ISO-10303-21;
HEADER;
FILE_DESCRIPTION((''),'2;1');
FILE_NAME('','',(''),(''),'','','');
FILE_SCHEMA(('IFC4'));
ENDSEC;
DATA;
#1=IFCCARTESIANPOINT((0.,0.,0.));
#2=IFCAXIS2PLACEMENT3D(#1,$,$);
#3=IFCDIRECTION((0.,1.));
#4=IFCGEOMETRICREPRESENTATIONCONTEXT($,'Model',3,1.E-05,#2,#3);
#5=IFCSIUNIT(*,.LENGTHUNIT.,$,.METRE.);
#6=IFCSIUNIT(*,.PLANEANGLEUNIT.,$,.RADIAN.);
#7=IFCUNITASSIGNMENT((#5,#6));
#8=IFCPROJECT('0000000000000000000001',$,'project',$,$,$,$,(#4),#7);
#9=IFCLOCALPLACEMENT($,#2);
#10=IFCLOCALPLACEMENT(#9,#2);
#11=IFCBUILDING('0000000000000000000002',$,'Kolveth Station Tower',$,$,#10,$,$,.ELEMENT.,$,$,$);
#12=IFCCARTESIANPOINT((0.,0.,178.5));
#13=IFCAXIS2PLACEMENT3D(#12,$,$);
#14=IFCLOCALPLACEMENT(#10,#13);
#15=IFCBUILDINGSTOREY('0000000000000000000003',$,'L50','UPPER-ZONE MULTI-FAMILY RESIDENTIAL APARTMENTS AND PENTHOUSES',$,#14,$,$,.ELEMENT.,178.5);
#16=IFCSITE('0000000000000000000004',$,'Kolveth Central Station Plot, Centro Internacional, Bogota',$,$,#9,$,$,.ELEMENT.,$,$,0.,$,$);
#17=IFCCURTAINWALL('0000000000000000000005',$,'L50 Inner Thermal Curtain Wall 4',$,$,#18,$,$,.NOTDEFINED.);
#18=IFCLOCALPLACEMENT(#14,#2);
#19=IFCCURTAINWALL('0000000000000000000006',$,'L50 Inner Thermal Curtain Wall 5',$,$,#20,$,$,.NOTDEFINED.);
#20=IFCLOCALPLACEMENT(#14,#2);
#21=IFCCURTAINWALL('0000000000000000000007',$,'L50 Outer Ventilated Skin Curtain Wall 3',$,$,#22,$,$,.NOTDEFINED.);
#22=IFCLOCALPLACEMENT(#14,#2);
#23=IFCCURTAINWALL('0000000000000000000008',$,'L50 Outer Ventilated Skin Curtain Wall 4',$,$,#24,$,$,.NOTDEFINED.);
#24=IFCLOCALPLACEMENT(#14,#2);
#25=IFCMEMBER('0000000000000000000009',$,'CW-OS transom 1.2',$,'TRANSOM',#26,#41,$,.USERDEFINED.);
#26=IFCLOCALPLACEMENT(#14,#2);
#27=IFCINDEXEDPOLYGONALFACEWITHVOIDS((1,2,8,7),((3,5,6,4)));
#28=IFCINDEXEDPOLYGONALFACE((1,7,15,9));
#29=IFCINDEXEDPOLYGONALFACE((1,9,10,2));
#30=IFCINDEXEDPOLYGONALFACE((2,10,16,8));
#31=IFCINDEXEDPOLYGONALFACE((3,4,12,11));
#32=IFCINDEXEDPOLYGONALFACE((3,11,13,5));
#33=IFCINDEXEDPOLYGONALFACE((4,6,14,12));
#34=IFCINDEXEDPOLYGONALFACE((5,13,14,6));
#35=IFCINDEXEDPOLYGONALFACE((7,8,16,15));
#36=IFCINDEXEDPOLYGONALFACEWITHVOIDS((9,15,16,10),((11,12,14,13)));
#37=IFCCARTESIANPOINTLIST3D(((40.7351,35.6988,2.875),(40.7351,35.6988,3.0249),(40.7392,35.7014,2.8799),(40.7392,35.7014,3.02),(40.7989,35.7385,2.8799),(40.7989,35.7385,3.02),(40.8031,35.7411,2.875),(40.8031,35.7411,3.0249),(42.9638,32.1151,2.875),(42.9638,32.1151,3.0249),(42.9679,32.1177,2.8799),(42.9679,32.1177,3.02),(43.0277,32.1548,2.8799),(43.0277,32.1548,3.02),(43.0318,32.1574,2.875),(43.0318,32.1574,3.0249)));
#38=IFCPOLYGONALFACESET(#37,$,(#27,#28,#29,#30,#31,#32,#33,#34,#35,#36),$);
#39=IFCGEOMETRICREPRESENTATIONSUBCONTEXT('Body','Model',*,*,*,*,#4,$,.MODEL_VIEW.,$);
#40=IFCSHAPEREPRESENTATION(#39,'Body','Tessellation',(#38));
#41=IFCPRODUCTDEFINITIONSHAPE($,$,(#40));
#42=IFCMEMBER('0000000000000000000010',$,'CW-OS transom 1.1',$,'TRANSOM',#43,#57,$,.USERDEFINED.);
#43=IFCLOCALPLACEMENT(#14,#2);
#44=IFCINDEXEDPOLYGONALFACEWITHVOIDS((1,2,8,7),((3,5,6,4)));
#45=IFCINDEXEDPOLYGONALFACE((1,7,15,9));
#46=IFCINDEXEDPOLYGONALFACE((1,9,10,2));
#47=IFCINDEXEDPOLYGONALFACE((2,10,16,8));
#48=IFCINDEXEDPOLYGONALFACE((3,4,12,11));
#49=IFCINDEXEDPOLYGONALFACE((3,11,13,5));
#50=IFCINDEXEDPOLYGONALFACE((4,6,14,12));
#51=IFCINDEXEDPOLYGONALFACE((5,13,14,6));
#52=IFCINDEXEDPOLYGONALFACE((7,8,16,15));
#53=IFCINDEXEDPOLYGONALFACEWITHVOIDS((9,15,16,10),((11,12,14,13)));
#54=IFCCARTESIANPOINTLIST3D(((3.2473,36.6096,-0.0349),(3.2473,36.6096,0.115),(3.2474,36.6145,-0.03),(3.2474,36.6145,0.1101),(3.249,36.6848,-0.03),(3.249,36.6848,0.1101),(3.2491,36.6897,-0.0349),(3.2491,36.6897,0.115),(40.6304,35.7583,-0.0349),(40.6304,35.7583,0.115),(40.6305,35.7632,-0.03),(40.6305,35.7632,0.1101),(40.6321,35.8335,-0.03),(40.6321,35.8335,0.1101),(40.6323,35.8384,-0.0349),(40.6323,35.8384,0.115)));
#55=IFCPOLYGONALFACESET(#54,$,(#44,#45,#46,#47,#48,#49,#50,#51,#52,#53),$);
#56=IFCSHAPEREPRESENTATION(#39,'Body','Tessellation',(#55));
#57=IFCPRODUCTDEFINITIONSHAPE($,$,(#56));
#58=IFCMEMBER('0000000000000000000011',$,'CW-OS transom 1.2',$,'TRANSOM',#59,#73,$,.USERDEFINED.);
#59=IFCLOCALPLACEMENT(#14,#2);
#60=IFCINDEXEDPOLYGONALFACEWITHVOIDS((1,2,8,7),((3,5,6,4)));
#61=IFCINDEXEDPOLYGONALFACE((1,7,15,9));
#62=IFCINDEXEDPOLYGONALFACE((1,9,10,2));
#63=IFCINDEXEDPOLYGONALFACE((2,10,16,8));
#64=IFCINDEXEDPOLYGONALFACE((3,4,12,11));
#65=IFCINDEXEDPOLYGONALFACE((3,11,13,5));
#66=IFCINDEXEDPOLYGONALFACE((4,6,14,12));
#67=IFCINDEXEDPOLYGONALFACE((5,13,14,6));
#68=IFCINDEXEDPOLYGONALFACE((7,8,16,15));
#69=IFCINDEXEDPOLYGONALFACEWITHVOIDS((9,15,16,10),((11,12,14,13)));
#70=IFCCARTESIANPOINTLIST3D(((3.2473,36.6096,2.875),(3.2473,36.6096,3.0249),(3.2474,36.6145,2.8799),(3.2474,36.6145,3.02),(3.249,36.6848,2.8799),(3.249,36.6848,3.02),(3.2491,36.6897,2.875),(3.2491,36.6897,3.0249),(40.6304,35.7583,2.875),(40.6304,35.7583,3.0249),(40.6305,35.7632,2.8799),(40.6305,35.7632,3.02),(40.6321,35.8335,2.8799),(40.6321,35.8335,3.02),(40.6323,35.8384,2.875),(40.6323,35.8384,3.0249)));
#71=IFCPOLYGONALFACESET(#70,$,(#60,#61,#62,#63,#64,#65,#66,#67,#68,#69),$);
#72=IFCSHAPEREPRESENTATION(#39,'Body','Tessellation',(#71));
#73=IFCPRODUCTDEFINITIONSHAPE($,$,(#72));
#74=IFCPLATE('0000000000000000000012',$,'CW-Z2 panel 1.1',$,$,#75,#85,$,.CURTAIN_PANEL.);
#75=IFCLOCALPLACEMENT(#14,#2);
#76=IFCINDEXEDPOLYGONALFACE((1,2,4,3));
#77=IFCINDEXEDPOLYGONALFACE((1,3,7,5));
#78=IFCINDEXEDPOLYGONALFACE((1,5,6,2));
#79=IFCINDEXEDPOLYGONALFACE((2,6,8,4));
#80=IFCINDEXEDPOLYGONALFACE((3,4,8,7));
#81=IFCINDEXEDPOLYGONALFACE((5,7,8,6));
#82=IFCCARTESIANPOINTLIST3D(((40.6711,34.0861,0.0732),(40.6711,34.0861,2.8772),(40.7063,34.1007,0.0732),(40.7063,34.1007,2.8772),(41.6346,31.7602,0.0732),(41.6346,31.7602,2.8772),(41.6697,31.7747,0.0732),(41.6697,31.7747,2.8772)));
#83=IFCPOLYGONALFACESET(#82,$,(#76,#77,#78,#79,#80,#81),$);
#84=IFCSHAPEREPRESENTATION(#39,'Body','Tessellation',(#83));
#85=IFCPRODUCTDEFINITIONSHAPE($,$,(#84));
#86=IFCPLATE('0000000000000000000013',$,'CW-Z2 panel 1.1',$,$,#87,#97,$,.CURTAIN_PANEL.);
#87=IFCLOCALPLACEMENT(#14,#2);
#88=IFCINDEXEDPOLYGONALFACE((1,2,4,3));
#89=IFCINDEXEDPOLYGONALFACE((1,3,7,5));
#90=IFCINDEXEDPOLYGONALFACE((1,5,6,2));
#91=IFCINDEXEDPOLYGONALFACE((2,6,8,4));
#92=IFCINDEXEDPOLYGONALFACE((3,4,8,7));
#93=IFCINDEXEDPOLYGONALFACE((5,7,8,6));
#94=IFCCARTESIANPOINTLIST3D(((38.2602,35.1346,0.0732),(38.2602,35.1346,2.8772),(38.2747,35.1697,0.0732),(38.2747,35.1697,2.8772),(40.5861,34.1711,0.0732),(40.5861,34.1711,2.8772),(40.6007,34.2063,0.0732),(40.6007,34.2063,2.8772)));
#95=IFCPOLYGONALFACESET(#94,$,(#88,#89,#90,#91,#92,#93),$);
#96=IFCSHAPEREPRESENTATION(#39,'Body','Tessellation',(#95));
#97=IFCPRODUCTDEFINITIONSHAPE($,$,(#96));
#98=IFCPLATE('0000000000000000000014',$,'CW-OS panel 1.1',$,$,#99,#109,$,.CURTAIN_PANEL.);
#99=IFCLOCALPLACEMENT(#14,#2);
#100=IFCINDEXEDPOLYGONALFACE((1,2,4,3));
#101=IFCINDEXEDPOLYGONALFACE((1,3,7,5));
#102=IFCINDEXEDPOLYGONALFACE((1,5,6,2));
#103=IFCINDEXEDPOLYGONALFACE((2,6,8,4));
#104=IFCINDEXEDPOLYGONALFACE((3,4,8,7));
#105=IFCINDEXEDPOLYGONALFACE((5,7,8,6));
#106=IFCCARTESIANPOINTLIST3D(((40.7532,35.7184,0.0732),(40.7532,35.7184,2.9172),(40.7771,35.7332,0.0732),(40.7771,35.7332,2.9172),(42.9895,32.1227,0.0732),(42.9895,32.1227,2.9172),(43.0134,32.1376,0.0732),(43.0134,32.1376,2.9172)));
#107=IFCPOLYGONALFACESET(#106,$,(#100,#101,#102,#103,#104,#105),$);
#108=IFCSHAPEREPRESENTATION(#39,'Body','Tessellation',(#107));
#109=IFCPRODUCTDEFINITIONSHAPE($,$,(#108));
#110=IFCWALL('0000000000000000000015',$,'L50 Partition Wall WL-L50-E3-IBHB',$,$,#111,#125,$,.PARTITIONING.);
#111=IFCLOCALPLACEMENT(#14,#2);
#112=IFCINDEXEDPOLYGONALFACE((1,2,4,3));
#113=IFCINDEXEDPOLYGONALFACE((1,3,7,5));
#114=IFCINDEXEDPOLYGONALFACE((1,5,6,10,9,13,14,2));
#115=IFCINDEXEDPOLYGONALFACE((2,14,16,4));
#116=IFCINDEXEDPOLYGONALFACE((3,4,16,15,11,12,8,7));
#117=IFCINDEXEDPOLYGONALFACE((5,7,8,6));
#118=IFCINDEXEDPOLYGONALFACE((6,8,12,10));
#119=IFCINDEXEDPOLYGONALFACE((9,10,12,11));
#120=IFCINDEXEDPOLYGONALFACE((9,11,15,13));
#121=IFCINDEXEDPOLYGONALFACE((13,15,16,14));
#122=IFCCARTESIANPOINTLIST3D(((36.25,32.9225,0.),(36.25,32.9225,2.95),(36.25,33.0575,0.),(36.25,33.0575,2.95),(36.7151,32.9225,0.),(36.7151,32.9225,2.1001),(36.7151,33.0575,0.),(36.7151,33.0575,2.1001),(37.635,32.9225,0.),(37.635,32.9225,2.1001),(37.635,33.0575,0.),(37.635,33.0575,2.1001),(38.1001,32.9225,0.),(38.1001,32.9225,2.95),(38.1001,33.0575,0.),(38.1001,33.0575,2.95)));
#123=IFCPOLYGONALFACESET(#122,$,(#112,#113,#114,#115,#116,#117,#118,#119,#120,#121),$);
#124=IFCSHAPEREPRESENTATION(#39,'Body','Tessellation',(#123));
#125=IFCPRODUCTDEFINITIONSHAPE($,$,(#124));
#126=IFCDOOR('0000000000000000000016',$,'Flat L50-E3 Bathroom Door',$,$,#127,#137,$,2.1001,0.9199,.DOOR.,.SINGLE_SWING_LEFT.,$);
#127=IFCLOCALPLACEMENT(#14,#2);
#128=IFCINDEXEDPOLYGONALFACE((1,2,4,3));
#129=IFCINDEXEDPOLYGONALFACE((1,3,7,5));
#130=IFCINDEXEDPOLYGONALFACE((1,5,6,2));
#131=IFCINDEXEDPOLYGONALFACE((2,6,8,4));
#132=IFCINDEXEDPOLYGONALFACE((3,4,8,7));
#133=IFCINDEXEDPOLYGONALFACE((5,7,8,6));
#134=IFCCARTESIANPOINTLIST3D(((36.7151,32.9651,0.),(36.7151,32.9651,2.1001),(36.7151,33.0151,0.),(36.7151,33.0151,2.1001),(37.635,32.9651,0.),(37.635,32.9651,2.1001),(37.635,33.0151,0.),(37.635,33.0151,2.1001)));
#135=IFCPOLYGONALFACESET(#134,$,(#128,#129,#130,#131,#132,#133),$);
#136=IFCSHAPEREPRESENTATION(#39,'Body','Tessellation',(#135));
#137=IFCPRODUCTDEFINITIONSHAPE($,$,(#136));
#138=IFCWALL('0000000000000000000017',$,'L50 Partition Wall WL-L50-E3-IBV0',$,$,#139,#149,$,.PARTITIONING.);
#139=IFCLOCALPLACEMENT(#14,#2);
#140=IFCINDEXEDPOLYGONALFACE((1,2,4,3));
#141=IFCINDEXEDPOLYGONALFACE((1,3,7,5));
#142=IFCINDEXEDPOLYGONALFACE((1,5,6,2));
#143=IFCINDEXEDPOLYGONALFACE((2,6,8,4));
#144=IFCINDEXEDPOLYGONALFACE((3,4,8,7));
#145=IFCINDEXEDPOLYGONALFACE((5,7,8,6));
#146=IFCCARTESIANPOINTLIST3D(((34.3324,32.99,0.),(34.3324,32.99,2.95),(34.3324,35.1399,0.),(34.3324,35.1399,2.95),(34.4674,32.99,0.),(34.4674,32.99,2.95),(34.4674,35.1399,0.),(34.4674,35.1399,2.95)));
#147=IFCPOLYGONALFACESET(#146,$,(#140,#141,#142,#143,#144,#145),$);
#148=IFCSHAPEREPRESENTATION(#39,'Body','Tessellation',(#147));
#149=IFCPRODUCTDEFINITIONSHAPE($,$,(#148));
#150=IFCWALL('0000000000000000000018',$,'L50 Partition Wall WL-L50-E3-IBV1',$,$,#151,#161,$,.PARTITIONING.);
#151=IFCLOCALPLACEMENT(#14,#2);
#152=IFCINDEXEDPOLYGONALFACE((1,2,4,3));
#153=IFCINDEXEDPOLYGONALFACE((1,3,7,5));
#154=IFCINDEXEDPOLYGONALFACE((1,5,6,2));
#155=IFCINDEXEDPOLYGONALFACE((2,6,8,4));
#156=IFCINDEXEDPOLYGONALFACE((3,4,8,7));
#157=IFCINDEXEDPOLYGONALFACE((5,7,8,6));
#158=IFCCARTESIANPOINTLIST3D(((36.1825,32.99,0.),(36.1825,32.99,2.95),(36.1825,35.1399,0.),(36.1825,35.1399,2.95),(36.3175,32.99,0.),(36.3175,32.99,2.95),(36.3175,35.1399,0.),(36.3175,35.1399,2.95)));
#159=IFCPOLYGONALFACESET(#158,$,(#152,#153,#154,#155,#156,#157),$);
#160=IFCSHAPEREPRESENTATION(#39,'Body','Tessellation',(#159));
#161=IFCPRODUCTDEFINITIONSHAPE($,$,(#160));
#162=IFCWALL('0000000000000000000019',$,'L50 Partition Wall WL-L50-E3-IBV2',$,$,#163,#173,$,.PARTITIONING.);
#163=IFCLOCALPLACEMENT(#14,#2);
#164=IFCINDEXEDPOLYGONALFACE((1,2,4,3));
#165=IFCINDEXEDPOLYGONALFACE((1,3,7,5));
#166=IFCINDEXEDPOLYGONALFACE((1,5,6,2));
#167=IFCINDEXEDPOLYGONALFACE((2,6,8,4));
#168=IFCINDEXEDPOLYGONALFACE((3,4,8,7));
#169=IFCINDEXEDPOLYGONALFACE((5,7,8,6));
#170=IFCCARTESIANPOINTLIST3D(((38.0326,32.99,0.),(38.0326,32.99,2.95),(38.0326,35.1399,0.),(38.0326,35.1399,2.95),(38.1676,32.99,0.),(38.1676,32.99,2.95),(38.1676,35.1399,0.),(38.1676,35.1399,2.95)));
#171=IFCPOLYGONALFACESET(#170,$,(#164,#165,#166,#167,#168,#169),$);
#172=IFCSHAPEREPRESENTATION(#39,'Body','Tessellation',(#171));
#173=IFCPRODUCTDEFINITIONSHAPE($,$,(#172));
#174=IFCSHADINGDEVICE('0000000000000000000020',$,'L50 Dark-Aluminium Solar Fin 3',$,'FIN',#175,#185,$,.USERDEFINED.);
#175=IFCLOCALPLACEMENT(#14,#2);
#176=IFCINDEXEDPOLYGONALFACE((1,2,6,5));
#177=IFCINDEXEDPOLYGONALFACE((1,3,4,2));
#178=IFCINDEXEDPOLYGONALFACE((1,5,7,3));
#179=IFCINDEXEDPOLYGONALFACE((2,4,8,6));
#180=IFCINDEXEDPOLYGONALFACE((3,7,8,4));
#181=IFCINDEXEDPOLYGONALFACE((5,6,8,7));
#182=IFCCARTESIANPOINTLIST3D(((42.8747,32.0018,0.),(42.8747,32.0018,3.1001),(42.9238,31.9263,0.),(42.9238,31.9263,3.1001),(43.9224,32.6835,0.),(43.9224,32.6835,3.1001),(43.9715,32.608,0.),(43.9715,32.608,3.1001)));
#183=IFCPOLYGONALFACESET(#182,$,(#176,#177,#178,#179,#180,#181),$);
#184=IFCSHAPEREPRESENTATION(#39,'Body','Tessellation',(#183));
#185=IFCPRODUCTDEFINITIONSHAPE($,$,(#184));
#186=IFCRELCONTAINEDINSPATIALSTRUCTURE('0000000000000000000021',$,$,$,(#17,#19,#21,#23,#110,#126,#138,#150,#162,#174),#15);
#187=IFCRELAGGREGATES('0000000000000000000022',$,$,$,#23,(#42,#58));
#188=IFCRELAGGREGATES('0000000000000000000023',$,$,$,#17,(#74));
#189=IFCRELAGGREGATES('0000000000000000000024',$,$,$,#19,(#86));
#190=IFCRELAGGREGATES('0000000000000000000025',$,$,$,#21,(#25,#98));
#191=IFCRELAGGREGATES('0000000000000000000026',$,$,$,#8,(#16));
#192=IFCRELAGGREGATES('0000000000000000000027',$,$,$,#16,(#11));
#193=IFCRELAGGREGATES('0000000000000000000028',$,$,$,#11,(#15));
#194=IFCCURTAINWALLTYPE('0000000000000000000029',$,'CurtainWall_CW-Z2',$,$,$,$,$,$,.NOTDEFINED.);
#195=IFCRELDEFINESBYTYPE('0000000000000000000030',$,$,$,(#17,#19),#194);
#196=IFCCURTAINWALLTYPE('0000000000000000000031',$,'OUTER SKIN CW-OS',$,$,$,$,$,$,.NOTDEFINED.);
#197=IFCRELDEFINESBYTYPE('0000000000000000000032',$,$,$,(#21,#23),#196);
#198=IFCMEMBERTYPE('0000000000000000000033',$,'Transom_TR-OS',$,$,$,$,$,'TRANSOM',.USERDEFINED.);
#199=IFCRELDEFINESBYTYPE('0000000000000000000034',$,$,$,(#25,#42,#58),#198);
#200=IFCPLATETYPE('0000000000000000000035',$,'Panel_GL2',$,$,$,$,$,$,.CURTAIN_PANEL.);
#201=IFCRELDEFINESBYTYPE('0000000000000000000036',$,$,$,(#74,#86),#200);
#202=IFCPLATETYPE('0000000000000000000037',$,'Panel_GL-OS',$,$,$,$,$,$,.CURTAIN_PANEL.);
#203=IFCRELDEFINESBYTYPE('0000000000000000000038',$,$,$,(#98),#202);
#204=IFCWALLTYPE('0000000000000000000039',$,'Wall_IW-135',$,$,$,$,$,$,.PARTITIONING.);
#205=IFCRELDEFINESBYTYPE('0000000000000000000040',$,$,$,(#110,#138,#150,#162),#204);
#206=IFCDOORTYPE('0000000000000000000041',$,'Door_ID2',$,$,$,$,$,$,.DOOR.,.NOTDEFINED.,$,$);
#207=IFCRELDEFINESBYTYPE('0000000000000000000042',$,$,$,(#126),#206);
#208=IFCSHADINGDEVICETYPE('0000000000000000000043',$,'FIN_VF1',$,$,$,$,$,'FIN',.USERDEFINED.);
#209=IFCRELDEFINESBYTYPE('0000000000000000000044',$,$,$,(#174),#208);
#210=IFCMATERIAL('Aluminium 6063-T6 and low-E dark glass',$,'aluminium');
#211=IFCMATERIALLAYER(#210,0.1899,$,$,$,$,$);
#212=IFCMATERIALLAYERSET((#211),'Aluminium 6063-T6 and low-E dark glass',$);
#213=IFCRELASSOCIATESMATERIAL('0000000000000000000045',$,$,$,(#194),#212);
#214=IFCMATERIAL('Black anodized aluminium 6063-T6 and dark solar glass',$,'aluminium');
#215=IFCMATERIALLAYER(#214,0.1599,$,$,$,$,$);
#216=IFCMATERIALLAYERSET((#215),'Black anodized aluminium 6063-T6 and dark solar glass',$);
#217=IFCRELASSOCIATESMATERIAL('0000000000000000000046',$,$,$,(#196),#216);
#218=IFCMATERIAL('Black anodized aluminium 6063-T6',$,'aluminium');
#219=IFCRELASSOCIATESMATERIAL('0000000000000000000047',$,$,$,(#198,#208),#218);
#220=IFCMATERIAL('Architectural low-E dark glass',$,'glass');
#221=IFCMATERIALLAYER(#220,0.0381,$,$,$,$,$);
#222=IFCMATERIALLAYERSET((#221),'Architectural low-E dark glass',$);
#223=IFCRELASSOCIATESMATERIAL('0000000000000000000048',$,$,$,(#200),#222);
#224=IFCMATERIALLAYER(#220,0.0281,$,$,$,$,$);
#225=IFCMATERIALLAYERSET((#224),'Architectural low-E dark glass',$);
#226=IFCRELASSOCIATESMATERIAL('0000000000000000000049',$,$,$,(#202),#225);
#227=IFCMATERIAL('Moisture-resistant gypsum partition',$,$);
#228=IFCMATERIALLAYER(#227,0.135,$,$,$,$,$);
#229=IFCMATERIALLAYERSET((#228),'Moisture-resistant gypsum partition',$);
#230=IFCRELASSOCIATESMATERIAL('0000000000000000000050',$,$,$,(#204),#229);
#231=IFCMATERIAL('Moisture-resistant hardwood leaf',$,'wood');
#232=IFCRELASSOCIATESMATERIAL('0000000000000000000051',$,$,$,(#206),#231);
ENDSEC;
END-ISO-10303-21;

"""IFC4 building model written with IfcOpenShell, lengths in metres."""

from ifc_helpers import new_model, si_unit, direction, frame, frame_2d, origin, origin_2d, place, context, subcontext, project, spatial, rectangle, hollow_rectangle, extrude, source, transform, mapped, material, layer, layer_set, material_profile, profile_set, type_object, element, fill, aggregate, save


model = new_model("IFC4")

# Units and contexts
model_context = context("Model", 3, precision=1e-05, world=origin(), true_north=direction((0.0, 1.0)))
body_context = subcontext(model_context, "Body", "Model", "MODEL_VIEW")
ifc_project = project(units=[si_unit("LENGTHUNIT", "METRE"), si_unit("PLANEANGLEUNIT", "RADIAN")], contexts=[model_context])

# Site, building, storey
site_placement = place(None, origin())
site = spatial("IfcSite", under=ifc_project, at=site_placement, Name="Kolveth Central Station Plot, Centro Internacional, Bogota", CompositionType="ELEMENT", RefElevation=0.0)
building_placement = place(site_placement, origin())
building = spatial("IfcBuilding", under=site, at=building_placement, Name="Kolveth Station Tower", CompositionType="ELEMENT")
storey_placement = place(building_placement, frame((0.0, 0.0, 178.5)))
storey = spatial("IfcBuildingStorey", under=building, at=storey_placement, Name="L50", Description="UPPER-ZONE MULTI-FAMILY RESIDENTIAL APARTMENTS AND PENTHOUSES", CompositionType="ELEMENT", Elevation=178.5)

# Curtain wall
ifc_material_1 = material(Name="Aluminium 6063-T6 and low-E dark glass", Category="aluminium")
ifc_layer_1 = layer(ifc_material_1, 0.1899)
ifc_layer_set_1 = layer_set([ifc_layer_1], Name="Aluminium 6063-T6 and low-E dark glass")
curtain_wall_type_1 = type_object("IfcCurtainWallType", Name="CurtainWall_CW-Z2", PredefinedType="NOTDEFINED", material=ifc_layer_set_1)
curtain_wall_1_placement = place(storey_placement, origin())
curtain_wall_1 = element("IfcCurtainWall", 1, at=curtain_wall_1_placement, inside=storey, type_object=curtain_wall_type_1, Name="L50 Inner Thermal Curtain Wall 4", PredefinedType="NOTDEFINED")
ifc_material_2 = material(Name="Black anodized aluminium 6063-T6", Category="aluminium")

# Curtain wall
curtain_wall_2_placement = place(storey_placement, origin())
curtain_wall_2 = element("IfcCurtainWall", 2, at=curtain_wall_2_placement, inside=storey, type_object=curtain_wall_type_1, Name="L50 Inner Thermal Curtain Wall 5", PredefinedType="NOTDEFINED")

# Curtain walls
ifc_material_3 = material(Name="Black anodized aluminium 6063-T6 and dark solar glass", Category="aluminium")
ifc_layer_2 = layer(ifc_material_3, 0.1599)
ifc_layer_set_2 = layer_set([ifc_layer_2], Name="Black anodized aluminium 6063-T6 and dark solar glass")
curtain_wall_type_2 = type_object("IfcCurtainWallType", Name="OUTER SKIN CW-OS", PredefinedType="NOTDEFINED", material=ifc_layer_set_2)
curtain_wall_3_placement = place(storey_placement, origin())
curtain_wall_3 = element("IfcCurtainWall", 3, at=curtain_wall_3_placement, inside=storey, type_object=curtain_wall_type_2, Name="L50 Outer Ventilated Skin Curtain Wall 3", PredefinedType="NOTDEFINED")
curtain_wall_4_placement = place(storey_placement, origin())
curtain_wall_4 = element("IfcCurtainWall", 4, at=curtain_wall_4_placement, inside=storey, type_object=curtain_wall_type_2, Name="L50 Outer Ventilated Skin Curtain Wall 4", PredefinedType="NOTDEFINED")

# Members
ifc_material_profile_1 = material_profile(ifc_material_2, hollow_rectangle(XDim=0.0801, YDim=0.1499, WallThickness=0.0049, at=origin_2d()), Name="ALU-80x150x5")
ifc_profile_set_1 = profile_set([ifc_material_profile_1], Name="Black anodized aluminium 6063-T6")
member_type_1 = type_object("IfcMemberType", Name="Transom_TR-OS", ElementType="TRANSOM", PredefinedType="USERDEFINED", material=ifc_profile_set_1)
shared_shape_1 = source(origin(), body_context, "Body", "SweptSolid", [
    extrude(hollow_rectangle(XDim=0.0801, YDim=0.1499, WallThickness=0.0049, at=origin_2d()), origin(), (0.0, 0.0, 1.0), 4.2202),
])
member_1_placement = place(storey_placement, frame((42.9978, 32.1362, 2.95), z_axis=(-0.52811, 0.849176, 0.0), x_axis=(-0.849176, -0.52811, 0.0)))
member_1 = element("IfcMember", 5, at=member_1_placement, type_object=member_type_1, Name="CW-OS transom 1.2", ObjectType="TRANSOM", PredefinedType="USERDEFINED", context=body_context, shape_type="MappedRepresentation", body=[
    mapped(shared_shape_1, transform((0.0, 0.0, 0.0), x_axis=(1.0, 0.0, 0.0), y_axis=(0.0, 1.0, 0.0), z_axis=(0.0, 0.0, 1.0), scale=1.0)),
])
shared_shape_2 = source(origin(), body_context, "Body", "SweptSolid", [
    extrude(hollow_rectangle(XDim=0.0801, YDim=0.1499, WallThickness=0.0049, at=origin_2d()), origin(), (0.0, 0.0, 1.0), 37.3928),
])
member_2_placement = place(storey_placement, frame((40.6313, 35.7983, 0.04), z_axis=(-0.999741, 0.022767, 0.0), x_axis=(-0.022767, -0.999741, 0.0)))
member_2 = element("IfcMember", 6, at=member_2_placement, type_object=member_type_1, Name="CW-OS transom 1.1", ObjectType="TRANSOM", PredefinedType="USERDEFINED", context=body_context, shape_type="MappedRepresentation", body=[
    mapped(shared_shape_2, transform((0.0, 0.0, 0.0), x_axis=(1.0, 0.0, 0.0), y_axis=(0.0, 1.0, 0.0), z_axis=(0.0, 0.0, 1.0), scale=1.0)),
])
member_3_placement = place(storey_placement, frame((40.6313, 35.7983, 2.95), z_axis=(-0.999741, 0.022767, 0.0), x_axis=(-0.022767, -0.999741, 0.0)))
member_3 = element("IfcMember", 7, at=member_3_placement, type_object=member_type_1, Name="CW-OS transom 1.2", ObjectType="TRANSOM", PredefinedType="USERDEFINED", context=body_context, shape_type="MappedRepresentation", body=[
    mapped(shared_shape_2, transform((0.0, 0.0, 0.0), x_axis=(1.0, 0.0, 0.0), y_axis=(0.0, 1.0, 0.0), z_axis=(0.0, 0.0, 1.0), scale=1.0)),
])
aggregate(curtain_wall_4, [member_2, member_3])

# Plates
ifc_material_4 = material(Name="Architectural low-E dark glass", Category="glass")
ifc_layer_3 = layer(ifc_material_4, 0.0381)
ifc_layer_set_3 = layer_set([ifc_layer_3], Name="Architectural low-E dark glass")
plate_type_1 = type_object("IfcPlateType", Name="Panel_GL2", PredefinedType="CURTAIN_PANEL", material=ifc_layer_set_3)
shared_shape_3 = source(origin(), body_context, "Body", "SweptSolid", [
    extrude(rectangle(XDim=2.5176, YDim=0.0381, at=origin_2d()), origin(), (0.0, 0.0, 1.0), 2.804),
])
plate_1_placement = place(storey_placement, frame((41.1704, 32.9304, 0.0732), z_axis=(0.0, 0.0, 1.0), x_axis=(-0.382698, 0.923874, 0.0)))
plate_1 = element("IfcPlate", 8, at=plate_1_placement, type_object=plate_type_1, Name="CW-Z2 panel 1.1", PredefinedType="CURTAIN_PANEL", context=body_context, shape_type="MappedRepresentation", body=[
    mapped(shared_shape_3, transform((0.0, 0.0, 0.0), x_axis=(1.0, 0.0, 0.0), y_axis=(0.0, 1.0, 0.0), z_axis=(0.0, 0.0, 1.0), scale=1.0)),
])
aggregate(curtain_wall_1, [plate_1])
plate_2_placement = place(storey_placement, frame((39.4304, 34.6704, 0.0732), z_axis=(0.0, 0.0, 1.0), x_axis=(-0.923874, 0.382698, 0.0)))
plate_2 = element("IfcPlate", 9, at=plate_2_placement, type_object=plate_type_1, Name="CW-Z2 panel 1.1", PredefinedType="CURTAIN_PANEL", context=body_context, shape_type="MappedRepresentation", body=[
    mapped(shared_shape_3, transform((0.0, 0.0, 0.0), x_axis=(1.0, 0.0, 0.0), y_axis=(0.0, 1.0, 0.0), z_axis=(0.0, 0.0, 1.0), scale=1.0)),
])
aggregate(curtain_wall_2, [plate_2])
ifc_layer_4 = layer(ifc_material_4, 0.0281)
ifc_layer_set_4 = layer_set([ifc_layer_4], Name="Architectural low-E dark glass")
plate_type_2 = type_object("IfcPlateType", Name="Panel_GL-OS", PredefinedType="CURTAIN_PANEL", material=ifc_layer_set_4)
shared_shape_4 = source(origin(), body_context, "Body", "SweptSolid", [
    extrude(rectangle(XDim=4.2344, YDim=0.0281, at=origin_2d()), origin(), (0.0, 0.0, 1.0), 2.844),
])
plate_3_placement = place(storey_placement, frame((41.8833, 33.928, 0.0732), z_axis=(0.0, 0.0, 1.0), x_axis=(-0.528139, 0.849158, 0.0)))
plate_3 = element("IfcPlate", 10, at=plate_3_placement, type_object=plate_type_2, Name="CW-OS panel 1.1", PredefinedType="CURTAIN_PANEL", context=body_context, shape_type="MappedRepresentation", body=[
    mapped(shared_shape_4, transform((0.0, 0.0, 0.0), x_axis=(1.0, 0.0, 0.0), y_axis=(0.0, 1.0, 0.0), z_axis=(0.0, 0.0, 1.0), scale=1.0)),
])
aggregate(curtain_wall_3, [member_1, plate_3])

# Wall, opening, door
ifc_material_5 = material(Name="Moisture-resistant gypsum partition")
ifc_layer_5 = layer(ifc_material_5, 0.135)
ifc_layer_set_5 = layer_set([ifc_layer_5], Name="Moisture-resistant gypsum partition")
wall_type = type_object("IfcWallType", Name="Wall_IW-135", PredefinedType="PARTITIONING", material=ifc_layer_set_5)
wall_1_placement = place(storey_placement, frame((36.25, 32.99, 0.0), z_axis=(0.0, 0.0, 1.0), x_axis=(1.0, 0.0, 0.0)))
wall_1 = element("IfcWall", 11, at=wall_1_placement, inside=storey, type_object=wall_type, Name="L50 Partition Wall WL-L50-E3-IBHB", PredefinedType="PARTITIONING", context=body_context, shape_type="SweptSolid", body=[
    extrude(rectangle(XDim=1.8501, YDim=0.135, at=frame_2d((0.925, 0.0))), origin(), (0.0, 0.0, 1.0), 2.95),
])
opening_1_placement = place(wall_1_placement, frame((0.4651, 0.0, 0.0)))
opening_1 = element("IfcOpeningElement", 12, at=opening_1_placement, cuts=wall_1, PredefinedType="OPENING", context=body_context, shape_type="SweptSolid", body=[
    extrude(rectangle(XDim=0.9199, YDim=2.1001, at=frame_2d((0.46, 1.05))), frame((0.0, 0.0774, 0.0), z_axis=(0.0, -1.0, 0.0), x_axis=(1.0, 0.0, 0.0)), (0.0, 0.0, 1.0), 0.155),
])
ifc_material_6 = material(Name="Moisture-resistant hardwood leaf", Category="wood")
door_type_1 = type_object("IfcDoorType", Name="Door_ID2", OperationType="NOTDEFINED", PredefinedType="DOOR", material=ifc_material_6)
door_1_placement = place(opening_1_placement, frame((0.9199, 0.0, 0.0), z_axis=(0.0, 0.0, 1.0), x_axis=(-1.0, 0.0, 0.0)))
door_1 = element("IfcDoor", 13, at=door_1_placement, inside=storey, type_object=door_type_1, Name="Flat L50-E3 Bathroom Door", OperationType="SINGLE_SWING_LEFT", OverallHeight=2.1001, OverallWidth=0.9199, PredefinedType="DOOR", context=body_context, shape_type="SweptSolid", body=[
    extrude(rectangle(XDim=0.9199, YDim=2.1001, at=frame_2d((0.46, 1.05))), frame((0.0, 0.0249, 0.0), z_axis=(0.0, -1.0, 0.0), x_axis=(1.0, 0.0, 0.0)), (0.0, 0.0, 1.0), 0.05),
])
fill(opening_1, door_1)

# Walls
for number, where, z_axis, x_axis, name in (
    (14, (34.3999, 32.99, 0.0), (0.0, 0.0, 1.0), (0.0, 1.0, 0.0), "L50 Partition Wall WL-L50-E3-IBV0"),
    (15, (36.25, 32.99, 0.0), (0.0, 0.0, 1.0), (0.0, 1.0, 0.0), "L50 Partition Wall WL-L50-E3-IBV1"),
    (16, (38.1001, 32.99, 0.0), (0.0, 0.0, 1.0), (0.0, 1.0, 0.0), "L50 Partition Wall WL-L50-E3-IBV2"),
):
    element("IfcWall", number, at=place(storey_placement, frame(where, z_axis=z_axis, x_axis=x_axis)), inside=storey, type_object=wall_type, Name=name, PredefinedType="PARTITIONING", context=body_context, shape_type="SweptSolid", body=[
        extrude(rectangle(XDim=2.1499, YDim=0.135, at=frame_2d((1.075, 0.0))), origin(), (0.0, 0.0, 1.0), 2.95),
    ])

# Shading device
shading_device_type = type_object("IfcShadingDeviceType", Name="FIN_VF1", ElementType="FIN", PredefinedType="USERDEFINED", material=ifc_material_2)
shared_shape_5 = source(origin(), body_context, "Body", "SweptSolid", [
    extrude(rectangle(XDim=1.25, YDim=0.0901, at=origin_2d()), origin(), (0.0, 0.0, 1.0), 3.1001),
])
for number, where, z_axis, x_axis, name in (
    (17, (43.4231, 32.3049, 0.0), (0.0, 0.0, 1.0), (0.838195, 0.545371, 0.0), "L50 Dark-Aluminium Solar Fin 3"),
):
    element("IfcShadingDevice", number, at=place(storey_placement, frame(where, z_axis=z_axis, x_axis=x_axis)), inside=storey, type_object=shading_device_type, Name=name, ObjectType="FIN", PredefinedType="USERDEFINED", context=body_context, shape_type="MappedRepresentation", body=[
        mapped(shared_shape_5, transform((0.0, 0.0, 0.0), x_axis=(1.0, 0.0, 0.0), y_axis=(0.0, 1.0, 0.0), z_axis=(0.0, 0.0, 1.0), scale=1.0)),
    ])

save(model, "model.ifc")
